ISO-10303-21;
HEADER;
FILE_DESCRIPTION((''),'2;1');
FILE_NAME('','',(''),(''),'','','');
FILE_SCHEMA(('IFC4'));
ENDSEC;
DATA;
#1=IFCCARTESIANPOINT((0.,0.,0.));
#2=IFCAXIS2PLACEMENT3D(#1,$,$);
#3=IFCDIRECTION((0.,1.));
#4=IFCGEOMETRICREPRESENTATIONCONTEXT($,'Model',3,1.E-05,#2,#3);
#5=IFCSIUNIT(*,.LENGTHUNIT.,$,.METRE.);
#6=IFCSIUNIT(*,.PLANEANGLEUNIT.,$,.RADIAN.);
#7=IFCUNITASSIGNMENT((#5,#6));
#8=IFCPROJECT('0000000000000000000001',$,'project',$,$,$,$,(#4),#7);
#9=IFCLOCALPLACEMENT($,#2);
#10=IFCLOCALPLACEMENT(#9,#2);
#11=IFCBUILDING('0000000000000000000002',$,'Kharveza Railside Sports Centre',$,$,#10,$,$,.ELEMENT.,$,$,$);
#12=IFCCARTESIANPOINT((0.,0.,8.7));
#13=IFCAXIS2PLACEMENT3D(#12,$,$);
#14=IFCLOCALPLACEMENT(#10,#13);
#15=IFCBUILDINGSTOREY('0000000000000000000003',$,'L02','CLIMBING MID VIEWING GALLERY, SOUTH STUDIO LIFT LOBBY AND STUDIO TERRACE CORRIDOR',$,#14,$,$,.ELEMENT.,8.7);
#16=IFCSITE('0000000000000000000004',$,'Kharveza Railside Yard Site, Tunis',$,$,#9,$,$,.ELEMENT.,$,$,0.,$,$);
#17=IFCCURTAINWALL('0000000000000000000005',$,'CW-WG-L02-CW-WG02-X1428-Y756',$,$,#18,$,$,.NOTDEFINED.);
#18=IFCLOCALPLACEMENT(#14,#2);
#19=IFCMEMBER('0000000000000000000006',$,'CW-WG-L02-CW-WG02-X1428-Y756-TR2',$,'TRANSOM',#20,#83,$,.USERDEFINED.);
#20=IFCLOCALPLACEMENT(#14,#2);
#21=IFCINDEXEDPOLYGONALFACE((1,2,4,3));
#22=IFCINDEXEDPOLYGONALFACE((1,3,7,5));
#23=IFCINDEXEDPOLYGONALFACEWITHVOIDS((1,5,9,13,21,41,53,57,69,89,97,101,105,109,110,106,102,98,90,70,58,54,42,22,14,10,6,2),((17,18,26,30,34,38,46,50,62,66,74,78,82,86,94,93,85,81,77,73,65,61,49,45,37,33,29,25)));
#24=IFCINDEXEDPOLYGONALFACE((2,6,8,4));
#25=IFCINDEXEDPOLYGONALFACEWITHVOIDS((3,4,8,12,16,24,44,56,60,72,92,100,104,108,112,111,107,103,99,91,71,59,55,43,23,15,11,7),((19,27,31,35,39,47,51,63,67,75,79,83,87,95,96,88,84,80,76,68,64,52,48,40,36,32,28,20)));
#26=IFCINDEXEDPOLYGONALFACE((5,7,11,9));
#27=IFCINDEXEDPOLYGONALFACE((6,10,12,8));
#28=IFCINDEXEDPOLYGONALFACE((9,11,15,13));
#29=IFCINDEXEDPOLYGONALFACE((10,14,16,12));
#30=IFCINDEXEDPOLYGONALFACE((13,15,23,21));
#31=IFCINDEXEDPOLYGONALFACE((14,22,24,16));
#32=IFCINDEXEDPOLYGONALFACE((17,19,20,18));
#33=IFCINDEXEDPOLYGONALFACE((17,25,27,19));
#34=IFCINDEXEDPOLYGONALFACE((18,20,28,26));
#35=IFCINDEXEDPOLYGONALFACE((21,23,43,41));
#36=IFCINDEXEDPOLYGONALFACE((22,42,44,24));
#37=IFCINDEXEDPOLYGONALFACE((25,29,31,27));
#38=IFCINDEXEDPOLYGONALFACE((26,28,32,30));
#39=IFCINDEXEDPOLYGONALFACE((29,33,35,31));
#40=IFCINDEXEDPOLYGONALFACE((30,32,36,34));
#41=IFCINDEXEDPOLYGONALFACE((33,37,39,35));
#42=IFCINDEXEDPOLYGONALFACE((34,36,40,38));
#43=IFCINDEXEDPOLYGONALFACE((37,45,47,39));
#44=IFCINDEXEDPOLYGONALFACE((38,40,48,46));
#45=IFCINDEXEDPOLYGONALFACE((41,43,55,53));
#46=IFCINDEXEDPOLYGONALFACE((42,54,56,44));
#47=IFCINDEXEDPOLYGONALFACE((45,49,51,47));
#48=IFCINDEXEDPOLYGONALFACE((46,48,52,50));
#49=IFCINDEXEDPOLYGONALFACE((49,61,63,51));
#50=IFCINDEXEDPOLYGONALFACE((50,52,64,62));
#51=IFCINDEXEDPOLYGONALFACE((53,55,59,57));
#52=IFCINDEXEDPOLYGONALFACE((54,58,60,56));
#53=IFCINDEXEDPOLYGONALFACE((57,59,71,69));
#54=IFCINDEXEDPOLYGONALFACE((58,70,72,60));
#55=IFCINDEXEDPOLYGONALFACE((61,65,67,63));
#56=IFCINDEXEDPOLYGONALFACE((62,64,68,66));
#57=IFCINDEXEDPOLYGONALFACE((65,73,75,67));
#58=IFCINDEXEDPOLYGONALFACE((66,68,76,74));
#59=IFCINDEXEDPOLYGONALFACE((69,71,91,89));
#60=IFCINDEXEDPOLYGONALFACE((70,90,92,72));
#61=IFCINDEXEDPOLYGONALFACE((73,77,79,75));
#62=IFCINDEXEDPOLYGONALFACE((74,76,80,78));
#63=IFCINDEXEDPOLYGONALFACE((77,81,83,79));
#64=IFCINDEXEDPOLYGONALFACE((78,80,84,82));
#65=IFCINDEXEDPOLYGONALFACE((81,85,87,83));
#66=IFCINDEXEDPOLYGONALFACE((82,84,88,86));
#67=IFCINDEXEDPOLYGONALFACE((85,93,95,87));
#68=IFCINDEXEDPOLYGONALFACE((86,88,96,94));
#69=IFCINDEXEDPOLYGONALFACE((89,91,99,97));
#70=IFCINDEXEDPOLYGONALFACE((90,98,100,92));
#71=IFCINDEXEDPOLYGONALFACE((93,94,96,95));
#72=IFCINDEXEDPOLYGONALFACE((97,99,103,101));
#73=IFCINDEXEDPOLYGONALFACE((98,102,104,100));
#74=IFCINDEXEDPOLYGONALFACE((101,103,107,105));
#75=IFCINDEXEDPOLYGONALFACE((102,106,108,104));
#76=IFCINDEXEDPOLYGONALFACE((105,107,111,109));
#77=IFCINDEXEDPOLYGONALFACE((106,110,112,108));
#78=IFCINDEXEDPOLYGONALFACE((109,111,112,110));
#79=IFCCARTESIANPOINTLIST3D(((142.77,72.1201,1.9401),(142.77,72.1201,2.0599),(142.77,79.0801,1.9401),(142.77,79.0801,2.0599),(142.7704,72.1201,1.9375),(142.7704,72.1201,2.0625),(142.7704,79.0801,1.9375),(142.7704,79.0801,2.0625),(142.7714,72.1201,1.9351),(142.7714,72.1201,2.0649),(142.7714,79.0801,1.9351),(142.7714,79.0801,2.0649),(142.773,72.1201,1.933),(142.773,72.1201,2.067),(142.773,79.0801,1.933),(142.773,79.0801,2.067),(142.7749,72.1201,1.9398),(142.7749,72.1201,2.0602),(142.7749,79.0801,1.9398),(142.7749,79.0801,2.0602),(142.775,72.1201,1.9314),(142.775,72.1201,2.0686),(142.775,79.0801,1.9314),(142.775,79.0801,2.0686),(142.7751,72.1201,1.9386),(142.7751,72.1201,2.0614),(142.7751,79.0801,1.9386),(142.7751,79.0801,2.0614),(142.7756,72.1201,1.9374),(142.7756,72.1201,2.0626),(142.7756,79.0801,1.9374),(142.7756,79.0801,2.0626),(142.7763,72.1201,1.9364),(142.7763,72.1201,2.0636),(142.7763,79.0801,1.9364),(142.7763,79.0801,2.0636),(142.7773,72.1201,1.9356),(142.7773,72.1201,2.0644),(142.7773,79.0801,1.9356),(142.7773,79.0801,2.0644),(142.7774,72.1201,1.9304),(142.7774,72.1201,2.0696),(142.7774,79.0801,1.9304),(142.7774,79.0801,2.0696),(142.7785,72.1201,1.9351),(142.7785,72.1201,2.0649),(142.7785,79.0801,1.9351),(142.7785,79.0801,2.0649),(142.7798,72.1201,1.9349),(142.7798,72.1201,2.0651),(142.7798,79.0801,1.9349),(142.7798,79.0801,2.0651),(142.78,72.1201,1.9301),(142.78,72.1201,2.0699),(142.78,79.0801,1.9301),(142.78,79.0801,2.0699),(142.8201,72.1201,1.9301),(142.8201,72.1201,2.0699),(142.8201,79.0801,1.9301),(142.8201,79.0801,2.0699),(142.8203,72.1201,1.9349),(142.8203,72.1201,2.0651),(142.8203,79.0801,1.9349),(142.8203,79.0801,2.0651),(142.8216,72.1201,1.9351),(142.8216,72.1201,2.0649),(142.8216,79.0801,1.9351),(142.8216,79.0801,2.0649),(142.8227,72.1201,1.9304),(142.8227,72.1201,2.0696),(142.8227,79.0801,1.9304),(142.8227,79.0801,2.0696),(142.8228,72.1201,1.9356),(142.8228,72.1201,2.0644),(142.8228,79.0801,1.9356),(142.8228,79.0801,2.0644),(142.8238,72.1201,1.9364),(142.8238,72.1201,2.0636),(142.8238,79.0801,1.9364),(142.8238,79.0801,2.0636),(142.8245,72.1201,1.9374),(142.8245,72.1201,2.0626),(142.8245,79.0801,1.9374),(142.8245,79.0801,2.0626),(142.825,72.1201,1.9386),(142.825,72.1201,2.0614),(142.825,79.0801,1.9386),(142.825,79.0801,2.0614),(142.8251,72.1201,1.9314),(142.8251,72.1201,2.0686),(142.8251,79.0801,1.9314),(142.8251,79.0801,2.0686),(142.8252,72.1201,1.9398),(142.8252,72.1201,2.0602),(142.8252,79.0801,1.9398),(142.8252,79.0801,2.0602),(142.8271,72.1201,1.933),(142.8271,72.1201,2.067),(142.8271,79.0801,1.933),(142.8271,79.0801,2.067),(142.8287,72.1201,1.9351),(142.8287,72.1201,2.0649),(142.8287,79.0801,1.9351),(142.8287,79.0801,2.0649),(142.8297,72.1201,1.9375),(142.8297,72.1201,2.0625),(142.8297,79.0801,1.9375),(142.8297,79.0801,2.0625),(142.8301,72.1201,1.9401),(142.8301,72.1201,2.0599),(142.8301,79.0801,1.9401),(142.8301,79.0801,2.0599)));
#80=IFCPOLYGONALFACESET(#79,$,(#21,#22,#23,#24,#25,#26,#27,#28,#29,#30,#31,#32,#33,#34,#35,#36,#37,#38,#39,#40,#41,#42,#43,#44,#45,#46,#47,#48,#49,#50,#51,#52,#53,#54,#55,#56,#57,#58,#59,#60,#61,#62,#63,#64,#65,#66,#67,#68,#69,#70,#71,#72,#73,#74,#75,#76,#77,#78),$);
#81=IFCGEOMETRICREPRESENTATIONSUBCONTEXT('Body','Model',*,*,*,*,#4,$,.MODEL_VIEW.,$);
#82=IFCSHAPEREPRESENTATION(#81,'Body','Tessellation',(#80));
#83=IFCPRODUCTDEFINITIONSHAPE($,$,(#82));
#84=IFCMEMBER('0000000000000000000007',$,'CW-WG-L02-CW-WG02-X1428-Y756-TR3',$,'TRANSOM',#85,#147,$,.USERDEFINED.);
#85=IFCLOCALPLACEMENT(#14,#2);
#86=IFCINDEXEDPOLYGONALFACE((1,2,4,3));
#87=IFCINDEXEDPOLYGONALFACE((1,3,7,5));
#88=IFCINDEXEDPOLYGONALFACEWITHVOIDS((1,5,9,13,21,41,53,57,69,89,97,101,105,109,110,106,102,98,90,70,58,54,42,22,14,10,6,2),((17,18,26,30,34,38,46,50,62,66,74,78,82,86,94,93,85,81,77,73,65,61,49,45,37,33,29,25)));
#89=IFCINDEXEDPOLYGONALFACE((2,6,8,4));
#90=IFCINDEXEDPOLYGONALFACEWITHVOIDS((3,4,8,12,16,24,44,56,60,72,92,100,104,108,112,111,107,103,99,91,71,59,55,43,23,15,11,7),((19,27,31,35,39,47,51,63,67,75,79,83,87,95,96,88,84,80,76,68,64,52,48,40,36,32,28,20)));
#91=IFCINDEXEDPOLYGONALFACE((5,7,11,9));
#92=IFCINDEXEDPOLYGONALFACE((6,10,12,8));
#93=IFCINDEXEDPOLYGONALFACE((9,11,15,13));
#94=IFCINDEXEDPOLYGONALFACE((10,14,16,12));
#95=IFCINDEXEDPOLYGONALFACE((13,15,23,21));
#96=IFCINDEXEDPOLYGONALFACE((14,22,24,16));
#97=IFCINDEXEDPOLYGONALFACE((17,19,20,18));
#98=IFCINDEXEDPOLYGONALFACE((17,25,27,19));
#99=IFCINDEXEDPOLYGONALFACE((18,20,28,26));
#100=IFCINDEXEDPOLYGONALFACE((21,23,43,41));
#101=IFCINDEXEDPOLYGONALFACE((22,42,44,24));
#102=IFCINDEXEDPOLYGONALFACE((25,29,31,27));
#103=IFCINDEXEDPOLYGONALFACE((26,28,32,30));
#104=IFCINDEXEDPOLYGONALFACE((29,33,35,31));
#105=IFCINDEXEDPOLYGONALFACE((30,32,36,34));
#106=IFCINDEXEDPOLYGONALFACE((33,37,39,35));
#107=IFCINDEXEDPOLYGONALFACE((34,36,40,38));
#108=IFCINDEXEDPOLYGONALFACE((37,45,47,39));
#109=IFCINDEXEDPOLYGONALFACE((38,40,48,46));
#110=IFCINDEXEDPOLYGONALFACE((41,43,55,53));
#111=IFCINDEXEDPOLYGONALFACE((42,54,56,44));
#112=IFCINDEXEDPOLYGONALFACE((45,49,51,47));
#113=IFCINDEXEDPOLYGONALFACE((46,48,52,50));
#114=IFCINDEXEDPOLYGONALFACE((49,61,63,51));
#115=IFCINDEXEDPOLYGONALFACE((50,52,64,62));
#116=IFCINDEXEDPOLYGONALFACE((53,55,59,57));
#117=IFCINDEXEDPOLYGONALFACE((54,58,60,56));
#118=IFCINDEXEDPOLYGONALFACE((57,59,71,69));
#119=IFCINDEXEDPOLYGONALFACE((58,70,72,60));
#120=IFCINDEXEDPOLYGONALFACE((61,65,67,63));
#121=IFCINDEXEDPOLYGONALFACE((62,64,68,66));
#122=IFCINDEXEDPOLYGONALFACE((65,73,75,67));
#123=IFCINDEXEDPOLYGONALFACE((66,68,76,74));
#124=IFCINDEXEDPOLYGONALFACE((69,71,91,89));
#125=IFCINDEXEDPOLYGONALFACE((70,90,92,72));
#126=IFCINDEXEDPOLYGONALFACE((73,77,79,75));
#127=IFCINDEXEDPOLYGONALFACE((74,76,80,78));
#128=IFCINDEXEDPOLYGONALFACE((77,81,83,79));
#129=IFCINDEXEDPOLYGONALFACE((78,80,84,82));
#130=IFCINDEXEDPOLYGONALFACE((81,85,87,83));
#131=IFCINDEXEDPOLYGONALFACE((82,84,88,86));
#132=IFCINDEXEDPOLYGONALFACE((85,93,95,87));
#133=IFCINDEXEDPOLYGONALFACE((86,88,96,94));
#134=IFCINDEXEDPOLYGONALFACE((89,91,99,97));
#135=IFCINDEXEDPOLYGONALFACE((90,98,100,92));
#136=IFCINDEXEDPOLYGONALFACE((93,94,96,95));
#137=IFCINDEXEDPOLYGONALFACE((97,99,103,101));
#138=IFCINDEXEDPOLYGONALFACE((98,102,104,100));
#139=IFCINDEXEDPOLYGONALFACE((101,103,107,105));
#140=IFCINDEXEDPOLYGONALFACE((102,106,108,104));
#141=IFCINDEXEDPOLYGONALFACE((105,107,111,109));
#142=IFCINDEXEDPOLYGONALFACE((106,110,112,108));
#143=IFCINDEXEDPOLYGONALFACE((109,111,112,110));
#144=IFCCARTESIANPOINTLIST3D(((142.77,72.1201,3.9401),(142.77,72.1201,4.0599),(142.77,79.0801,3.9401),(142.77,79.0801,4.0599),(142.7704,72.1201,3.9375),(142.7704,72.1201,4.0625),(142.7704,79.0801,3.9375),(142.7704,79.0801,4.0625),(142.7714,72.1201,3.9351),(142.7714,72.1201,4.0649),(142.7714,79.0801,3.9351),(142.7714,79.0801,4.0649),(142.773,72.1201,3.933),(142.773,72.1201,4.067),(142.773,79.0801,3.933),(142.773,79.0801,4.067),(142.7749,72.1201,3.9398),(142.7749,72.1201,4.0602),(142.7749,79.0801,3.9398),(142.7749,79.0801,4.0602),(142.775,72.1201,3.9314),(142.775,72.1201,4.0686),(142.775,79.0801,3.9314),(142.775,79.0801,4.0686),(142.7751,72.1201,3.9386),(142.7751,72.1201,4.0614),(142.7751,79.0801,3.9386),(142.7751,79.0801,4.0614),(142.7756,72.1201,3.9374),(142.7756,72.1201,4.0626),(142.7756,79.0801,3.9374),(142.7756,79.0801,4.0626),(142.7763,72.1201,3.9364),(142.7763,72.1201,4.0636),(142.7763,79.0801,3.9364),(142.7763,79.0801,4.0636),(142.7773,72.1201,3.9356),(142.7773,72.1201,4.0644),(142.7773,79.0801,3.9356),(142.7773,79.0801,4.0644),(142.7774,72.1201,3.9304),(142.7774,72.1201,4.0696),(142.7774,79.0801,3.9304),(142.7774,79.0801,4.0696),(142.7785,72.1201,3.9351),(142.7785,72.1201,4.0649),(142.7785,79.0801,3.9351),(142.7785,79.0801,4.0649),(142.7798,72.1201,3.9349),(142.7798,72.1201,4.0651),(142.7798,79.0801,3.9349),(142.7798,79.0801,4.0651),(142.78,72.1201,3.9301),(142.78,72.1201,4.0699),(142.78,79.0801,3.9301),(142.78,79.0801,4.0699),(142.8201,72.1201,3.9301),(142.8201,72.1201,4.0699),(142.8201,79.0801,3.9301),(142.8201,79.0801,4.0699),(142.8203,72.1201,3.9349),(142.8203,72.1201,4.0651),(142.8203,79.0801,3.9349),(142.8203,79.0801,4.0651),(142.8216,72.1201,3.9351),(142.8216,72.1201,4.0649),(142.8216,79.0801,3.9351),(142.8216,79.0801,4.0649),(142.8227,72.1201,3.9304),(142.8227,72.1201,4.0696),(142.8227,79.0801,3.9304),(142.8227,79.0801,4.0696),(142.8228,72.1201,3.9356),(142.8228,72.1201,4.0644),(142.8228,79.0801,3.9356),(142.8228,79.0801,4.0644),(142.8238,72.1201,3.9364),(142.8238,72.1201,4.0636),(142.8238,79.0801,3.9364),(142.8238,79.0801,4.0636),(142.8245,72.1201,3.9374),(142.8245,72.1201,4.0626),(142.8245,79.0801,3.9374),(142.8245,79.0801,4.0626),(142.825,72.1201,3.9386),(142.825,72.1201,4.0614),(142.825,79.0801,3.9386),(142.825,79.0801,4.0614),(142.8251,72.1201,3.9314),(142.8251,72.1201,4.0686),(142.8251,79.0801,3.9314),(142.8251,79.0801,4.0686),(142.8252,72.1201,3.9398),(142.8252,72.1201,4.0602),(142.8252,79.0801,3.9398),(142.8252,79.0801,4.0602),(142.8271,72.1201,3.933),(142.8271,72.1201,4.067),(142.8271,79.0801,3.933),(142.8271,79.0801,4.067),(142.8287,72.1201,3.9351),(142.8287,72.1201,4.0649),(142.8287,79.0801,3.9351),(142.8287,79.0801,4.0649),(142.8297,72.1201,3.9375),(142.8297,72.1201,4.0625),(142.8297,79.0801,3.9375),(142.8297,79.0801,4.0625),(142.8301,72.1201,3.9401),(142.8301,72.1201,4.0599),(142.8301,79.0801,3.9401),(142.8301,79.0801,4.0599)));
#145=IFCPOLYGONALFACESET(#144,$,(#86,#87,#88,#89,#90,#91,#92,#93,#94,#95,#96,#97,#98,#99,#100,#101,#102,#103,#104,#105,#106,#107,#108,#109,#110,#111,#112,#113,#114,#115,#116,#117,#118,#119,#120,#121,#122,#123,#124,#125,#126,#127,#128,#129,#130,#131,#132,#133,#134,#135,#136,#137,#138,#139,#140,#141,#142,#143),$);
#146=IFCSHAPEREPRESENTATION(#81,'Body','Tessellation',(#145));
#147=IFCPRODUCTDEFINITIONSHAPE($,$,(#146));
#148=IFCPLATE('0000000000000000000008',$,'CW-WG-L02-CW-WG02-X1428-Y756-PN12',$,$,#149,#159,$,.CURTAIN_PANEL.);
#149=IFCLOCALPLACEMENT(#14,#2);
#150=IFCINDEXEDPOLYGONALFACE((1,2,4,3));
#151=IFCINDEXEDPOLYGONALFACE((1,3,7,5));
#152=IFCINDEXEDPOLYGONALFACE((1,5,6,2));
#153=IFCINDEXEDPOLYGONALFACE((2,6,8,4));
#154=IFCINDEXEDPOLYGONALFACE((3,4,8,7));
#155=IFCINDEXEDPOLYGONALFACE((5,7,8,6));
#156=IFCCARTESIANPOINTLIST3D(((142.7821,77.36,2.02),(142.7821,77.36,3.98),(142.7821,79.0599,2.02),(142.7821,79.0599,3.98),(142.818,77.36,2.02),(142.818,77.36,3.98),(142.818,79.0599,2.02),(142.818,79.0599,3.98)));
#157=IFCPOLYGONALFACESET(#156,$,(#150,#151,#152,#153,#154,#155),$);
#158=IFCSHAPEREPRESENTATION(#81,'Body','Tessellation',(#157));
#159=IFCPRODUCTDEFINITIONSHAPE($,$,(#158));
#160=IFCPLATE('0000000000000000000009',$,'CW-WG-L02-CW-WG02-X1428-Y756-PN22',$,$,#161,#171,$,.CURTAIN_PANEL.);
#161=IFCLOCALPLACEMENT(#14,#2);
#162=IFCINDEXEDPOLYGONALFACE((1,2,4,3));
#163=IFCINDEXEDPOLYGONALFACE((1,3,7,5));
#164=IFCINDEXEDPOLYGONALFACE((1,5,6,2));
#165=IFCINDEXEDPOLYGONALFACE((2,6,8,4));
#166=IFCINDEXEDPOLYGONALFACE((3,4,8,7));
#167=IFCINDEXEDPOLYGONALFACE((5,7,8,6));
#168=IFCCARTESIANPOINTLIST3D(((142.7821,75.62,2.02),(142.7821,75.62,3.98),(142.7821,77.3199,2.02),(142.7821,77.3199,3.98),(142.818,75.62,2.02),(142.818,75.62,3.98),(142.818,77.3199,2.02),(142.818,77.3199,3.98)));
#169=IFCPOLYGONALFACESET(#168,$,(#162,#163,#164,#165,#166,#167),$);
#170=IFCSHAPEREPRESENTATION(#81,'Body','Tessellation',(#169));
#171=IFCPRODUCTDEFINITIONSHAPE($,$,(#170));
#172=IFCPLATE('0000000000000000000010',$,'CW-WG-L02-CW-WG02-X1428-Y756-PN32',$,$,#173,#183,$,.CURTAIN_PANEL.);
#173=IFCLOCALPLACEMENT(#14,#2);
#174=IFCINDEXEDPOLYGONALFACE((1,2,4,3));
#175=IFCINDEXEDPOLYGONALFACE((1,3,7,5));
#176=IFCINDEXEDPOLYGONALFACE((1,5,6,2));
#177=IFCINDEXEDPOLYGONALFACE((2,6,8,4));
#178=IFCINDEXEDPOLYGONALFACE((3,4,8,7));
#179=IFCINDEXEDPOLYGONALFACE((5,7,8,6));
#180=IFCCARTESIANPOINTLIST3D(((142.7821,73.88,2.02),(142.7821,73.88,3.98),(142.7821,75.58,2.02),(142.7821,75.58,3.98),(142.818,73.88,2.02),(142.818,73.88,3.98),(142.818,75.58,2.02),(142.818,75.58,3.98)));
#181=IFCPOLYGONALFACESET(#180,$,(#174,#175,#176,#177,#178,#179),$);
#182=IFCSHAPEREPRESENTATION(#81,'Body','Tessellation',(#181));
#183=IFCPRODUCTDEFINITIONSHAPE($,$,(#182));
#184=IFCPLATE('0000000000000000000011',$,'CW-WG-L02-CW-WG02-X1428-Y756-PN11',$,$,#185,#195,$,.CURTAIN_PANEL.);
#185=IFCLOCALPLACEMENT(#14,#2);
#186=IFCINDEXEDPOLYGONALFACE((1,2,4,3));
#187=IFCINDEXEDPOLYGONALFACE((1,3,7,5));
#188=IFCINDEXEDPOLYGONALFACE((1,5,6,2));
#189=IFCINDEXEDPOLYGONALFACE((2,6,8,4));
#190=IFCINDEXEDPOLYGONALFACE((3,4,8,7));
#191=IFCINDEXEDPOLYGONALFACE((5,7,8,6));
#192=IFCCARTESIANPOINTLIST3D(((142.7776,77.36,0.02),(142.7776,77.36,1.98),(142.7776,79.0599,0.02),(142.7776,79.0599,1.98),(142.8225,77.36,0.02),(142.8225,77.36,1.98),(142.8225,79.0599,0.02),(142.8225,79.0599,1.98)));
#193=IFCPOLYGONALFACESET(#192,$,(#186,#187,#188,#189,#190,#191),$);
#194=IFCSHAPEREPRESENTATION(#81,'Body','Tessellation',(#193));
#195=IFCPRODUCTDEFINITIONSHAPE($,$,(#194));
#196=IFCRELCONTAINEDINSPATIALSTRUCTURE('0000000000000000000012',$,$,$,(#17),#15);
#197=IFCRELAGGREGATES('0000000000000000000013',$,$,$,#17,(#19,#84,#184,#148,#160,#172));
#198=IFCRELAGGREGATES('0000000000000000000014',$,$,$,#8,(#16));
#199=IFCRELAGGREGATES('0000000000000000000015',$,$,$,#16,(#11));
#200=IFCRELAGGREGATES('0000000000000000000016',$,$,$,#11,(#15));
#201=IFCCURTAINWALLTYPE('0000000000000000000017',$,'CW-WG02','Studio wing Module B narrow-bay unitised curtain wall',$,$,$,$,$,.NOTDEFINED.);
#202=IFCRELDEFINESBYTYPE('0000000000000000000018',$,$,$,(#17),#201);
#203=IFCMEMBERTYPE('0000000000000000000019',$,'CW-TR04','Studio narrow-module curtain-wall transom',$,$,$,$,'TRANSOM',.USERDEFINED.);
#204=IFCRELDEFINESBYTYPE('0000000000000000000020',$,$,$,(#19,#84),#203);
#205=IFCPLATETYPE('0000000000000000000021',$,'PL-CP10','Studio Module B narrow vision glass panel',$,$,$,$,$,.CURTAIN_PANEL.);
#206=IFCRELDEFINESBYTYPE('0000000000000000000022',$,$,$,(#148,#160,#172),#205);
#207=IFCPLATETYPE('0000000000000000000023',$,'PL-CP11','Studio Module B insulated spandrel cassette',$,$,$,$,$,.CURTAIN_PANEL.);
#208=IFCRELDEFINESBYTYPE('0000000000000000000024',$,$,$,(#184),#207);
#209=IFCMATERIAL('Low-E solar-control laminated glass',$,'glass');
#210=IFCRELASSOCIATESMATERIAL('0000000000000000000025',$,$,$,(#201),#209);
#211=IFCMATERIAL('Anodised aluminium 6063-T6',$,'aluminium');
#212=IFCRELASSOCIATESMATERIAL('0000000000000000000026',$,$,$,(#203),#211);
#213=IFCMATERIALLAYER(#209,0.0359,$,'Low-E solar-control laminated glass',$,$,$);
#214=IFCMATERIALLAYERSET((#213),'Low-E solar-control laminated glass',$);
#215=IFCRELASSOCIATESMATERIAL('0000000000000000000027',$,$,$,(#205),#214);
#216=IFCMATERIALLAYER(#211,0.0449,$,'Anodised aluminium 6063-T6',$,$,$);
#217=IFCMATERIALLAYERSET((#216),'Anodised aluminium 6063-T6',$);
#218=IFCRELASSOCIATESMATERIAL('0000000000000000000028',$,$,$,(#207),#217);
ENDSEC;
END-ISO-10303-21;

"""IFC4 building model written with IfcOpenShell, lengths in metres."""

from ifc_helpers import new_model, si_unit, direction, frame, origin, origin_2d, place, context, subcontext, project, spatial, rectangle, hollow_rectangle, extrude, material, layer, layer_set, material_profile, profile_set, type_object, element, aggregate, save


model = new_model("IFC4")

# Units and contexts
model_context = context("Model", 3, precision=1e-05, world=origin(), true_north=direction((0.0, 1.0)))
body_context = subcontext(model_context, "Body", "Model", "MODEL_VIEW")
ifc_project = project(units=[si_unit("LENGTHUNIT", "METRE"), si_unit("PLANEANGLEUNIT", "RADIAN")], contexts=[model_context])

# Site, building, storey
site_placement = place(None, origin())
site = spatial("IfcSite", under=ifc_project, at=site_placement, Name="Kharveza Railside Yard Site, Tunis", CompositionType="ELEMENT", RefElevation=0.0)
building_placement = place(site_placement, origin())
building = spatial("IfcBuilding", under=site, at=building_placement, Name="Kharveza Railside Sports Centre", CompositionType="ELEMENT")
storey_placement = place(building_placement, frame((0.0, 0.0, 8.7)))
storey = spatial("IfcBuildingStorey", under=building, at=storey_placement, Name="L02", Description="CLIMBING MID VIEWING GALLERY, SOUTH STUDIO LIFT LOBBY AND STUDIO TERRACE CORRIDOR", CompositionType="ELEMENT", Elevation=8.7)

# Curtain wall, members, plates
ifc_material_1 = material(Name="Low-E solar-control laminated glass", Category="glass")
curtain_wall_type = type_object("IfcCurtainWallType", Name="CW-WG02", Description="Studio wing Module B narrow-bay unitised curtain wall", PredefinedType="NOTDEFINED", material=ifc_material_1)
curtain_wall_placement = place(storey_placement, origin())
curtain_wall = element("IfcCurtainWall", 1, at=curtain_wall_placement, inside=storey, type_object=curtain_wall_type, Name="CW-WG-L02-CW-WG02-X1428-Y756", PredefinedType="NOTDEFINED")
ifc_material_2 = material(Name="Anodised aluminium 6063-T6", Category="aluminium")
ifc_material_profile_1 = material_profile(ifc_material_2, hollow_rectangle(XDim=0.0601, YDim=0.1399, WallThickness=0.0049, InnerFilletRadius=0.0049, OuterFilletRadius=0.01, at=origin_2d()), Name="RHS 60x140x5.0")
ifc_profile_set_1 = profile_set([ifc_material_profile_1], Name="Anodised aluminium 6063-T6")
member_type_1 = type_object("IfcMemberType", Name="CW-TR04", Description="Studio narrow-module curtain-wall transom", ElementType="TRANSOM", PredefinedType="USERDEFINED", material=ifc_profile_set_1)
member_1_placement = place(storey_placement, frame((142.8, 79.0801, 2.0), z_axis=(0.0, -1.0, 0.0), x_axis=(1.0, 0.0, 0.0)))
member_1 = element("IfcMember", 2, at=member_1_placement, type_object=member_type_1, Name="CW-WG-L02-CW-WG02-X1428-Y756-TR2", ObjectType="TRANSOM", PredefinedType="USERDEFINED", context=body_context, shape_type="SweptSolid", body=[
    extrude(hollow_rectangle(XDim=0.0601, YDim=0.1399, WallThickness=0.0049, InnerFilletRadius=0.0049, OuterFilletRadius=0.01, at=origin_2d()), origin(), (0.0, 0.0, 1.0), 6.96),
])
member_2_placement = place(storey_placement, frame((142.8, 79.0801, 4.0), z_axis=(0.0, -1.0, 0.0), x_axis=(1.0, 0.0, 0.0)))
member_2 = element("IfcMember", 3, at=member_2_placement, type_object=member_type_1, Name="CW-WG-L02-CW-WG02-X1428-Y756-TR3", ObjectType="TRANSOM", PredefinedType="USERDEFINED", context=body_context, shape_type="SweptSolid", body=[
    extrude(hollow_rectangle(XDim=0.0601, YDim=0.1399, WallThickness=0.0049, InnerFilletRadius=0.0049, OuterFilletRadius=0.01, at=origin_2d()), origin(), (0.0, 0.0, 1.0), 6.96),
])
ifc_layer_1 = layer(ifc_material_1, 0.0359, Name="Low-E solar-control laminated glass")
ifc_layer_set_1 = layer_set([ifc_layer_1], Name="Low-E solar-control laminated glass")
plate_type_1 = type_object("IfcPlateType", Name="PL-CP10", Description="Studio Module B narrow vision glass panel", PredefinedType="CURTAIN_PANEL", material=ifc_layer_set_1)
plate_1_placement = place(storey_placement, frame((142.8, 78.21, 2.02), z_axis=(0.0, 0.0, 1.0), x_axis=(0.0, -1.0, 0.0)))
plate_1 = element("IfcPlate", 4, at=plate_1_placement, type_object=plate_type_1, Name="CW-WG-L02-CW-WG02-X1428-Y756-PN12", PredefinedType="CURTAIN_PANEL", context=body_context, shape_type="SweptSolid", body=[
    extrude(rectangle(XDim=1.7, YDim=0.0359, at=origin_2d()), origin(), (0.0, 0.0, 1.0), 1.96),
])
plate_2_placement = place(storey_placement, frame((142.8, 76.47, 2.02), z_axis=(0.0, 0.0, 1.0), x_axis=(0.0, -1.0, 0.0)))
plate_2 = element("IfcPlate", 5, at=plate_2_placement, type_object=plate_type_1, Name="CW-WG-L02-CW-WG02-X1428-Y756-PN22", PredefinedType="CURTAIN_PANEL", context=body_context, shape_type="SweptSolid", body=[
    extrude(rectangle(XDim=1.7, YDim=0.0359, at=origin_2d()), origin(), (0.0, 0.0, 1.0), 1.96),
])
plate_3_placement = place(storey_placement, frame((142.8, 74.73, 2.02), z_axis=(0.0, 0.0, 1.0), x_axis=(0.0, -1.0, 0.0)))
plate_3 = element("IfcPlate", 6, at=plate_3_placement, type_object=plate_type_1, Name="CW-WG-L02-CW-WG02-X1428-Y756-PN32", PredefinedType="CURTAIN_PANEL", context=body_context, shape_type="SweptSolid", body=[
    extrude(rectangle(XDim=1.7, YDim=0.0359, at=origin_2d()), origin(), (0.0, 0.0, 1.0), 1.96),
])
ifc_layer_2 = layer(ifc_material_2, 0.0449, Name="Anodised aluminium 6063-T6")
ifc_layer_set_2 = layer_set([ifc_layer_2], Name="Anodised aluminium 6063-T6")
plate_type_2 = type_object("IfcPlateType", Name="PL-CP11", Description="Studio Module B insulated spandrel cassette", PredefinedType="CURTAIN_PANEL", material=ifc_layer_set_2)
plate_4_placement = place(storey_placement, frame((142.8, 78.21, 0.02), z_axis=(0.0, 0.0, 1.0), x_axis=(0.0, -1.0, 0.0)))
plate_4 = element("IfcPlate", 7, at=plate_4_placement, type_object=plate_type_2, Name="CW-WG-L02-CW-WG02-X1428-Y756-PN11", PredefinedType="CURTAIN_PANEL", context=body_context, shape_type="SweptSolid", body=[
    extrude(rectangle(XDim=1.7, YDim=0.0449, at=origin_2d()), origin(), (0.0, 0.0, 1.0), 1.96),
])
aggregate(curtain_wall, [member_1, member_2, plate_4, plate_1, plate_2, plate_3])

save(model, "model.ifc")
